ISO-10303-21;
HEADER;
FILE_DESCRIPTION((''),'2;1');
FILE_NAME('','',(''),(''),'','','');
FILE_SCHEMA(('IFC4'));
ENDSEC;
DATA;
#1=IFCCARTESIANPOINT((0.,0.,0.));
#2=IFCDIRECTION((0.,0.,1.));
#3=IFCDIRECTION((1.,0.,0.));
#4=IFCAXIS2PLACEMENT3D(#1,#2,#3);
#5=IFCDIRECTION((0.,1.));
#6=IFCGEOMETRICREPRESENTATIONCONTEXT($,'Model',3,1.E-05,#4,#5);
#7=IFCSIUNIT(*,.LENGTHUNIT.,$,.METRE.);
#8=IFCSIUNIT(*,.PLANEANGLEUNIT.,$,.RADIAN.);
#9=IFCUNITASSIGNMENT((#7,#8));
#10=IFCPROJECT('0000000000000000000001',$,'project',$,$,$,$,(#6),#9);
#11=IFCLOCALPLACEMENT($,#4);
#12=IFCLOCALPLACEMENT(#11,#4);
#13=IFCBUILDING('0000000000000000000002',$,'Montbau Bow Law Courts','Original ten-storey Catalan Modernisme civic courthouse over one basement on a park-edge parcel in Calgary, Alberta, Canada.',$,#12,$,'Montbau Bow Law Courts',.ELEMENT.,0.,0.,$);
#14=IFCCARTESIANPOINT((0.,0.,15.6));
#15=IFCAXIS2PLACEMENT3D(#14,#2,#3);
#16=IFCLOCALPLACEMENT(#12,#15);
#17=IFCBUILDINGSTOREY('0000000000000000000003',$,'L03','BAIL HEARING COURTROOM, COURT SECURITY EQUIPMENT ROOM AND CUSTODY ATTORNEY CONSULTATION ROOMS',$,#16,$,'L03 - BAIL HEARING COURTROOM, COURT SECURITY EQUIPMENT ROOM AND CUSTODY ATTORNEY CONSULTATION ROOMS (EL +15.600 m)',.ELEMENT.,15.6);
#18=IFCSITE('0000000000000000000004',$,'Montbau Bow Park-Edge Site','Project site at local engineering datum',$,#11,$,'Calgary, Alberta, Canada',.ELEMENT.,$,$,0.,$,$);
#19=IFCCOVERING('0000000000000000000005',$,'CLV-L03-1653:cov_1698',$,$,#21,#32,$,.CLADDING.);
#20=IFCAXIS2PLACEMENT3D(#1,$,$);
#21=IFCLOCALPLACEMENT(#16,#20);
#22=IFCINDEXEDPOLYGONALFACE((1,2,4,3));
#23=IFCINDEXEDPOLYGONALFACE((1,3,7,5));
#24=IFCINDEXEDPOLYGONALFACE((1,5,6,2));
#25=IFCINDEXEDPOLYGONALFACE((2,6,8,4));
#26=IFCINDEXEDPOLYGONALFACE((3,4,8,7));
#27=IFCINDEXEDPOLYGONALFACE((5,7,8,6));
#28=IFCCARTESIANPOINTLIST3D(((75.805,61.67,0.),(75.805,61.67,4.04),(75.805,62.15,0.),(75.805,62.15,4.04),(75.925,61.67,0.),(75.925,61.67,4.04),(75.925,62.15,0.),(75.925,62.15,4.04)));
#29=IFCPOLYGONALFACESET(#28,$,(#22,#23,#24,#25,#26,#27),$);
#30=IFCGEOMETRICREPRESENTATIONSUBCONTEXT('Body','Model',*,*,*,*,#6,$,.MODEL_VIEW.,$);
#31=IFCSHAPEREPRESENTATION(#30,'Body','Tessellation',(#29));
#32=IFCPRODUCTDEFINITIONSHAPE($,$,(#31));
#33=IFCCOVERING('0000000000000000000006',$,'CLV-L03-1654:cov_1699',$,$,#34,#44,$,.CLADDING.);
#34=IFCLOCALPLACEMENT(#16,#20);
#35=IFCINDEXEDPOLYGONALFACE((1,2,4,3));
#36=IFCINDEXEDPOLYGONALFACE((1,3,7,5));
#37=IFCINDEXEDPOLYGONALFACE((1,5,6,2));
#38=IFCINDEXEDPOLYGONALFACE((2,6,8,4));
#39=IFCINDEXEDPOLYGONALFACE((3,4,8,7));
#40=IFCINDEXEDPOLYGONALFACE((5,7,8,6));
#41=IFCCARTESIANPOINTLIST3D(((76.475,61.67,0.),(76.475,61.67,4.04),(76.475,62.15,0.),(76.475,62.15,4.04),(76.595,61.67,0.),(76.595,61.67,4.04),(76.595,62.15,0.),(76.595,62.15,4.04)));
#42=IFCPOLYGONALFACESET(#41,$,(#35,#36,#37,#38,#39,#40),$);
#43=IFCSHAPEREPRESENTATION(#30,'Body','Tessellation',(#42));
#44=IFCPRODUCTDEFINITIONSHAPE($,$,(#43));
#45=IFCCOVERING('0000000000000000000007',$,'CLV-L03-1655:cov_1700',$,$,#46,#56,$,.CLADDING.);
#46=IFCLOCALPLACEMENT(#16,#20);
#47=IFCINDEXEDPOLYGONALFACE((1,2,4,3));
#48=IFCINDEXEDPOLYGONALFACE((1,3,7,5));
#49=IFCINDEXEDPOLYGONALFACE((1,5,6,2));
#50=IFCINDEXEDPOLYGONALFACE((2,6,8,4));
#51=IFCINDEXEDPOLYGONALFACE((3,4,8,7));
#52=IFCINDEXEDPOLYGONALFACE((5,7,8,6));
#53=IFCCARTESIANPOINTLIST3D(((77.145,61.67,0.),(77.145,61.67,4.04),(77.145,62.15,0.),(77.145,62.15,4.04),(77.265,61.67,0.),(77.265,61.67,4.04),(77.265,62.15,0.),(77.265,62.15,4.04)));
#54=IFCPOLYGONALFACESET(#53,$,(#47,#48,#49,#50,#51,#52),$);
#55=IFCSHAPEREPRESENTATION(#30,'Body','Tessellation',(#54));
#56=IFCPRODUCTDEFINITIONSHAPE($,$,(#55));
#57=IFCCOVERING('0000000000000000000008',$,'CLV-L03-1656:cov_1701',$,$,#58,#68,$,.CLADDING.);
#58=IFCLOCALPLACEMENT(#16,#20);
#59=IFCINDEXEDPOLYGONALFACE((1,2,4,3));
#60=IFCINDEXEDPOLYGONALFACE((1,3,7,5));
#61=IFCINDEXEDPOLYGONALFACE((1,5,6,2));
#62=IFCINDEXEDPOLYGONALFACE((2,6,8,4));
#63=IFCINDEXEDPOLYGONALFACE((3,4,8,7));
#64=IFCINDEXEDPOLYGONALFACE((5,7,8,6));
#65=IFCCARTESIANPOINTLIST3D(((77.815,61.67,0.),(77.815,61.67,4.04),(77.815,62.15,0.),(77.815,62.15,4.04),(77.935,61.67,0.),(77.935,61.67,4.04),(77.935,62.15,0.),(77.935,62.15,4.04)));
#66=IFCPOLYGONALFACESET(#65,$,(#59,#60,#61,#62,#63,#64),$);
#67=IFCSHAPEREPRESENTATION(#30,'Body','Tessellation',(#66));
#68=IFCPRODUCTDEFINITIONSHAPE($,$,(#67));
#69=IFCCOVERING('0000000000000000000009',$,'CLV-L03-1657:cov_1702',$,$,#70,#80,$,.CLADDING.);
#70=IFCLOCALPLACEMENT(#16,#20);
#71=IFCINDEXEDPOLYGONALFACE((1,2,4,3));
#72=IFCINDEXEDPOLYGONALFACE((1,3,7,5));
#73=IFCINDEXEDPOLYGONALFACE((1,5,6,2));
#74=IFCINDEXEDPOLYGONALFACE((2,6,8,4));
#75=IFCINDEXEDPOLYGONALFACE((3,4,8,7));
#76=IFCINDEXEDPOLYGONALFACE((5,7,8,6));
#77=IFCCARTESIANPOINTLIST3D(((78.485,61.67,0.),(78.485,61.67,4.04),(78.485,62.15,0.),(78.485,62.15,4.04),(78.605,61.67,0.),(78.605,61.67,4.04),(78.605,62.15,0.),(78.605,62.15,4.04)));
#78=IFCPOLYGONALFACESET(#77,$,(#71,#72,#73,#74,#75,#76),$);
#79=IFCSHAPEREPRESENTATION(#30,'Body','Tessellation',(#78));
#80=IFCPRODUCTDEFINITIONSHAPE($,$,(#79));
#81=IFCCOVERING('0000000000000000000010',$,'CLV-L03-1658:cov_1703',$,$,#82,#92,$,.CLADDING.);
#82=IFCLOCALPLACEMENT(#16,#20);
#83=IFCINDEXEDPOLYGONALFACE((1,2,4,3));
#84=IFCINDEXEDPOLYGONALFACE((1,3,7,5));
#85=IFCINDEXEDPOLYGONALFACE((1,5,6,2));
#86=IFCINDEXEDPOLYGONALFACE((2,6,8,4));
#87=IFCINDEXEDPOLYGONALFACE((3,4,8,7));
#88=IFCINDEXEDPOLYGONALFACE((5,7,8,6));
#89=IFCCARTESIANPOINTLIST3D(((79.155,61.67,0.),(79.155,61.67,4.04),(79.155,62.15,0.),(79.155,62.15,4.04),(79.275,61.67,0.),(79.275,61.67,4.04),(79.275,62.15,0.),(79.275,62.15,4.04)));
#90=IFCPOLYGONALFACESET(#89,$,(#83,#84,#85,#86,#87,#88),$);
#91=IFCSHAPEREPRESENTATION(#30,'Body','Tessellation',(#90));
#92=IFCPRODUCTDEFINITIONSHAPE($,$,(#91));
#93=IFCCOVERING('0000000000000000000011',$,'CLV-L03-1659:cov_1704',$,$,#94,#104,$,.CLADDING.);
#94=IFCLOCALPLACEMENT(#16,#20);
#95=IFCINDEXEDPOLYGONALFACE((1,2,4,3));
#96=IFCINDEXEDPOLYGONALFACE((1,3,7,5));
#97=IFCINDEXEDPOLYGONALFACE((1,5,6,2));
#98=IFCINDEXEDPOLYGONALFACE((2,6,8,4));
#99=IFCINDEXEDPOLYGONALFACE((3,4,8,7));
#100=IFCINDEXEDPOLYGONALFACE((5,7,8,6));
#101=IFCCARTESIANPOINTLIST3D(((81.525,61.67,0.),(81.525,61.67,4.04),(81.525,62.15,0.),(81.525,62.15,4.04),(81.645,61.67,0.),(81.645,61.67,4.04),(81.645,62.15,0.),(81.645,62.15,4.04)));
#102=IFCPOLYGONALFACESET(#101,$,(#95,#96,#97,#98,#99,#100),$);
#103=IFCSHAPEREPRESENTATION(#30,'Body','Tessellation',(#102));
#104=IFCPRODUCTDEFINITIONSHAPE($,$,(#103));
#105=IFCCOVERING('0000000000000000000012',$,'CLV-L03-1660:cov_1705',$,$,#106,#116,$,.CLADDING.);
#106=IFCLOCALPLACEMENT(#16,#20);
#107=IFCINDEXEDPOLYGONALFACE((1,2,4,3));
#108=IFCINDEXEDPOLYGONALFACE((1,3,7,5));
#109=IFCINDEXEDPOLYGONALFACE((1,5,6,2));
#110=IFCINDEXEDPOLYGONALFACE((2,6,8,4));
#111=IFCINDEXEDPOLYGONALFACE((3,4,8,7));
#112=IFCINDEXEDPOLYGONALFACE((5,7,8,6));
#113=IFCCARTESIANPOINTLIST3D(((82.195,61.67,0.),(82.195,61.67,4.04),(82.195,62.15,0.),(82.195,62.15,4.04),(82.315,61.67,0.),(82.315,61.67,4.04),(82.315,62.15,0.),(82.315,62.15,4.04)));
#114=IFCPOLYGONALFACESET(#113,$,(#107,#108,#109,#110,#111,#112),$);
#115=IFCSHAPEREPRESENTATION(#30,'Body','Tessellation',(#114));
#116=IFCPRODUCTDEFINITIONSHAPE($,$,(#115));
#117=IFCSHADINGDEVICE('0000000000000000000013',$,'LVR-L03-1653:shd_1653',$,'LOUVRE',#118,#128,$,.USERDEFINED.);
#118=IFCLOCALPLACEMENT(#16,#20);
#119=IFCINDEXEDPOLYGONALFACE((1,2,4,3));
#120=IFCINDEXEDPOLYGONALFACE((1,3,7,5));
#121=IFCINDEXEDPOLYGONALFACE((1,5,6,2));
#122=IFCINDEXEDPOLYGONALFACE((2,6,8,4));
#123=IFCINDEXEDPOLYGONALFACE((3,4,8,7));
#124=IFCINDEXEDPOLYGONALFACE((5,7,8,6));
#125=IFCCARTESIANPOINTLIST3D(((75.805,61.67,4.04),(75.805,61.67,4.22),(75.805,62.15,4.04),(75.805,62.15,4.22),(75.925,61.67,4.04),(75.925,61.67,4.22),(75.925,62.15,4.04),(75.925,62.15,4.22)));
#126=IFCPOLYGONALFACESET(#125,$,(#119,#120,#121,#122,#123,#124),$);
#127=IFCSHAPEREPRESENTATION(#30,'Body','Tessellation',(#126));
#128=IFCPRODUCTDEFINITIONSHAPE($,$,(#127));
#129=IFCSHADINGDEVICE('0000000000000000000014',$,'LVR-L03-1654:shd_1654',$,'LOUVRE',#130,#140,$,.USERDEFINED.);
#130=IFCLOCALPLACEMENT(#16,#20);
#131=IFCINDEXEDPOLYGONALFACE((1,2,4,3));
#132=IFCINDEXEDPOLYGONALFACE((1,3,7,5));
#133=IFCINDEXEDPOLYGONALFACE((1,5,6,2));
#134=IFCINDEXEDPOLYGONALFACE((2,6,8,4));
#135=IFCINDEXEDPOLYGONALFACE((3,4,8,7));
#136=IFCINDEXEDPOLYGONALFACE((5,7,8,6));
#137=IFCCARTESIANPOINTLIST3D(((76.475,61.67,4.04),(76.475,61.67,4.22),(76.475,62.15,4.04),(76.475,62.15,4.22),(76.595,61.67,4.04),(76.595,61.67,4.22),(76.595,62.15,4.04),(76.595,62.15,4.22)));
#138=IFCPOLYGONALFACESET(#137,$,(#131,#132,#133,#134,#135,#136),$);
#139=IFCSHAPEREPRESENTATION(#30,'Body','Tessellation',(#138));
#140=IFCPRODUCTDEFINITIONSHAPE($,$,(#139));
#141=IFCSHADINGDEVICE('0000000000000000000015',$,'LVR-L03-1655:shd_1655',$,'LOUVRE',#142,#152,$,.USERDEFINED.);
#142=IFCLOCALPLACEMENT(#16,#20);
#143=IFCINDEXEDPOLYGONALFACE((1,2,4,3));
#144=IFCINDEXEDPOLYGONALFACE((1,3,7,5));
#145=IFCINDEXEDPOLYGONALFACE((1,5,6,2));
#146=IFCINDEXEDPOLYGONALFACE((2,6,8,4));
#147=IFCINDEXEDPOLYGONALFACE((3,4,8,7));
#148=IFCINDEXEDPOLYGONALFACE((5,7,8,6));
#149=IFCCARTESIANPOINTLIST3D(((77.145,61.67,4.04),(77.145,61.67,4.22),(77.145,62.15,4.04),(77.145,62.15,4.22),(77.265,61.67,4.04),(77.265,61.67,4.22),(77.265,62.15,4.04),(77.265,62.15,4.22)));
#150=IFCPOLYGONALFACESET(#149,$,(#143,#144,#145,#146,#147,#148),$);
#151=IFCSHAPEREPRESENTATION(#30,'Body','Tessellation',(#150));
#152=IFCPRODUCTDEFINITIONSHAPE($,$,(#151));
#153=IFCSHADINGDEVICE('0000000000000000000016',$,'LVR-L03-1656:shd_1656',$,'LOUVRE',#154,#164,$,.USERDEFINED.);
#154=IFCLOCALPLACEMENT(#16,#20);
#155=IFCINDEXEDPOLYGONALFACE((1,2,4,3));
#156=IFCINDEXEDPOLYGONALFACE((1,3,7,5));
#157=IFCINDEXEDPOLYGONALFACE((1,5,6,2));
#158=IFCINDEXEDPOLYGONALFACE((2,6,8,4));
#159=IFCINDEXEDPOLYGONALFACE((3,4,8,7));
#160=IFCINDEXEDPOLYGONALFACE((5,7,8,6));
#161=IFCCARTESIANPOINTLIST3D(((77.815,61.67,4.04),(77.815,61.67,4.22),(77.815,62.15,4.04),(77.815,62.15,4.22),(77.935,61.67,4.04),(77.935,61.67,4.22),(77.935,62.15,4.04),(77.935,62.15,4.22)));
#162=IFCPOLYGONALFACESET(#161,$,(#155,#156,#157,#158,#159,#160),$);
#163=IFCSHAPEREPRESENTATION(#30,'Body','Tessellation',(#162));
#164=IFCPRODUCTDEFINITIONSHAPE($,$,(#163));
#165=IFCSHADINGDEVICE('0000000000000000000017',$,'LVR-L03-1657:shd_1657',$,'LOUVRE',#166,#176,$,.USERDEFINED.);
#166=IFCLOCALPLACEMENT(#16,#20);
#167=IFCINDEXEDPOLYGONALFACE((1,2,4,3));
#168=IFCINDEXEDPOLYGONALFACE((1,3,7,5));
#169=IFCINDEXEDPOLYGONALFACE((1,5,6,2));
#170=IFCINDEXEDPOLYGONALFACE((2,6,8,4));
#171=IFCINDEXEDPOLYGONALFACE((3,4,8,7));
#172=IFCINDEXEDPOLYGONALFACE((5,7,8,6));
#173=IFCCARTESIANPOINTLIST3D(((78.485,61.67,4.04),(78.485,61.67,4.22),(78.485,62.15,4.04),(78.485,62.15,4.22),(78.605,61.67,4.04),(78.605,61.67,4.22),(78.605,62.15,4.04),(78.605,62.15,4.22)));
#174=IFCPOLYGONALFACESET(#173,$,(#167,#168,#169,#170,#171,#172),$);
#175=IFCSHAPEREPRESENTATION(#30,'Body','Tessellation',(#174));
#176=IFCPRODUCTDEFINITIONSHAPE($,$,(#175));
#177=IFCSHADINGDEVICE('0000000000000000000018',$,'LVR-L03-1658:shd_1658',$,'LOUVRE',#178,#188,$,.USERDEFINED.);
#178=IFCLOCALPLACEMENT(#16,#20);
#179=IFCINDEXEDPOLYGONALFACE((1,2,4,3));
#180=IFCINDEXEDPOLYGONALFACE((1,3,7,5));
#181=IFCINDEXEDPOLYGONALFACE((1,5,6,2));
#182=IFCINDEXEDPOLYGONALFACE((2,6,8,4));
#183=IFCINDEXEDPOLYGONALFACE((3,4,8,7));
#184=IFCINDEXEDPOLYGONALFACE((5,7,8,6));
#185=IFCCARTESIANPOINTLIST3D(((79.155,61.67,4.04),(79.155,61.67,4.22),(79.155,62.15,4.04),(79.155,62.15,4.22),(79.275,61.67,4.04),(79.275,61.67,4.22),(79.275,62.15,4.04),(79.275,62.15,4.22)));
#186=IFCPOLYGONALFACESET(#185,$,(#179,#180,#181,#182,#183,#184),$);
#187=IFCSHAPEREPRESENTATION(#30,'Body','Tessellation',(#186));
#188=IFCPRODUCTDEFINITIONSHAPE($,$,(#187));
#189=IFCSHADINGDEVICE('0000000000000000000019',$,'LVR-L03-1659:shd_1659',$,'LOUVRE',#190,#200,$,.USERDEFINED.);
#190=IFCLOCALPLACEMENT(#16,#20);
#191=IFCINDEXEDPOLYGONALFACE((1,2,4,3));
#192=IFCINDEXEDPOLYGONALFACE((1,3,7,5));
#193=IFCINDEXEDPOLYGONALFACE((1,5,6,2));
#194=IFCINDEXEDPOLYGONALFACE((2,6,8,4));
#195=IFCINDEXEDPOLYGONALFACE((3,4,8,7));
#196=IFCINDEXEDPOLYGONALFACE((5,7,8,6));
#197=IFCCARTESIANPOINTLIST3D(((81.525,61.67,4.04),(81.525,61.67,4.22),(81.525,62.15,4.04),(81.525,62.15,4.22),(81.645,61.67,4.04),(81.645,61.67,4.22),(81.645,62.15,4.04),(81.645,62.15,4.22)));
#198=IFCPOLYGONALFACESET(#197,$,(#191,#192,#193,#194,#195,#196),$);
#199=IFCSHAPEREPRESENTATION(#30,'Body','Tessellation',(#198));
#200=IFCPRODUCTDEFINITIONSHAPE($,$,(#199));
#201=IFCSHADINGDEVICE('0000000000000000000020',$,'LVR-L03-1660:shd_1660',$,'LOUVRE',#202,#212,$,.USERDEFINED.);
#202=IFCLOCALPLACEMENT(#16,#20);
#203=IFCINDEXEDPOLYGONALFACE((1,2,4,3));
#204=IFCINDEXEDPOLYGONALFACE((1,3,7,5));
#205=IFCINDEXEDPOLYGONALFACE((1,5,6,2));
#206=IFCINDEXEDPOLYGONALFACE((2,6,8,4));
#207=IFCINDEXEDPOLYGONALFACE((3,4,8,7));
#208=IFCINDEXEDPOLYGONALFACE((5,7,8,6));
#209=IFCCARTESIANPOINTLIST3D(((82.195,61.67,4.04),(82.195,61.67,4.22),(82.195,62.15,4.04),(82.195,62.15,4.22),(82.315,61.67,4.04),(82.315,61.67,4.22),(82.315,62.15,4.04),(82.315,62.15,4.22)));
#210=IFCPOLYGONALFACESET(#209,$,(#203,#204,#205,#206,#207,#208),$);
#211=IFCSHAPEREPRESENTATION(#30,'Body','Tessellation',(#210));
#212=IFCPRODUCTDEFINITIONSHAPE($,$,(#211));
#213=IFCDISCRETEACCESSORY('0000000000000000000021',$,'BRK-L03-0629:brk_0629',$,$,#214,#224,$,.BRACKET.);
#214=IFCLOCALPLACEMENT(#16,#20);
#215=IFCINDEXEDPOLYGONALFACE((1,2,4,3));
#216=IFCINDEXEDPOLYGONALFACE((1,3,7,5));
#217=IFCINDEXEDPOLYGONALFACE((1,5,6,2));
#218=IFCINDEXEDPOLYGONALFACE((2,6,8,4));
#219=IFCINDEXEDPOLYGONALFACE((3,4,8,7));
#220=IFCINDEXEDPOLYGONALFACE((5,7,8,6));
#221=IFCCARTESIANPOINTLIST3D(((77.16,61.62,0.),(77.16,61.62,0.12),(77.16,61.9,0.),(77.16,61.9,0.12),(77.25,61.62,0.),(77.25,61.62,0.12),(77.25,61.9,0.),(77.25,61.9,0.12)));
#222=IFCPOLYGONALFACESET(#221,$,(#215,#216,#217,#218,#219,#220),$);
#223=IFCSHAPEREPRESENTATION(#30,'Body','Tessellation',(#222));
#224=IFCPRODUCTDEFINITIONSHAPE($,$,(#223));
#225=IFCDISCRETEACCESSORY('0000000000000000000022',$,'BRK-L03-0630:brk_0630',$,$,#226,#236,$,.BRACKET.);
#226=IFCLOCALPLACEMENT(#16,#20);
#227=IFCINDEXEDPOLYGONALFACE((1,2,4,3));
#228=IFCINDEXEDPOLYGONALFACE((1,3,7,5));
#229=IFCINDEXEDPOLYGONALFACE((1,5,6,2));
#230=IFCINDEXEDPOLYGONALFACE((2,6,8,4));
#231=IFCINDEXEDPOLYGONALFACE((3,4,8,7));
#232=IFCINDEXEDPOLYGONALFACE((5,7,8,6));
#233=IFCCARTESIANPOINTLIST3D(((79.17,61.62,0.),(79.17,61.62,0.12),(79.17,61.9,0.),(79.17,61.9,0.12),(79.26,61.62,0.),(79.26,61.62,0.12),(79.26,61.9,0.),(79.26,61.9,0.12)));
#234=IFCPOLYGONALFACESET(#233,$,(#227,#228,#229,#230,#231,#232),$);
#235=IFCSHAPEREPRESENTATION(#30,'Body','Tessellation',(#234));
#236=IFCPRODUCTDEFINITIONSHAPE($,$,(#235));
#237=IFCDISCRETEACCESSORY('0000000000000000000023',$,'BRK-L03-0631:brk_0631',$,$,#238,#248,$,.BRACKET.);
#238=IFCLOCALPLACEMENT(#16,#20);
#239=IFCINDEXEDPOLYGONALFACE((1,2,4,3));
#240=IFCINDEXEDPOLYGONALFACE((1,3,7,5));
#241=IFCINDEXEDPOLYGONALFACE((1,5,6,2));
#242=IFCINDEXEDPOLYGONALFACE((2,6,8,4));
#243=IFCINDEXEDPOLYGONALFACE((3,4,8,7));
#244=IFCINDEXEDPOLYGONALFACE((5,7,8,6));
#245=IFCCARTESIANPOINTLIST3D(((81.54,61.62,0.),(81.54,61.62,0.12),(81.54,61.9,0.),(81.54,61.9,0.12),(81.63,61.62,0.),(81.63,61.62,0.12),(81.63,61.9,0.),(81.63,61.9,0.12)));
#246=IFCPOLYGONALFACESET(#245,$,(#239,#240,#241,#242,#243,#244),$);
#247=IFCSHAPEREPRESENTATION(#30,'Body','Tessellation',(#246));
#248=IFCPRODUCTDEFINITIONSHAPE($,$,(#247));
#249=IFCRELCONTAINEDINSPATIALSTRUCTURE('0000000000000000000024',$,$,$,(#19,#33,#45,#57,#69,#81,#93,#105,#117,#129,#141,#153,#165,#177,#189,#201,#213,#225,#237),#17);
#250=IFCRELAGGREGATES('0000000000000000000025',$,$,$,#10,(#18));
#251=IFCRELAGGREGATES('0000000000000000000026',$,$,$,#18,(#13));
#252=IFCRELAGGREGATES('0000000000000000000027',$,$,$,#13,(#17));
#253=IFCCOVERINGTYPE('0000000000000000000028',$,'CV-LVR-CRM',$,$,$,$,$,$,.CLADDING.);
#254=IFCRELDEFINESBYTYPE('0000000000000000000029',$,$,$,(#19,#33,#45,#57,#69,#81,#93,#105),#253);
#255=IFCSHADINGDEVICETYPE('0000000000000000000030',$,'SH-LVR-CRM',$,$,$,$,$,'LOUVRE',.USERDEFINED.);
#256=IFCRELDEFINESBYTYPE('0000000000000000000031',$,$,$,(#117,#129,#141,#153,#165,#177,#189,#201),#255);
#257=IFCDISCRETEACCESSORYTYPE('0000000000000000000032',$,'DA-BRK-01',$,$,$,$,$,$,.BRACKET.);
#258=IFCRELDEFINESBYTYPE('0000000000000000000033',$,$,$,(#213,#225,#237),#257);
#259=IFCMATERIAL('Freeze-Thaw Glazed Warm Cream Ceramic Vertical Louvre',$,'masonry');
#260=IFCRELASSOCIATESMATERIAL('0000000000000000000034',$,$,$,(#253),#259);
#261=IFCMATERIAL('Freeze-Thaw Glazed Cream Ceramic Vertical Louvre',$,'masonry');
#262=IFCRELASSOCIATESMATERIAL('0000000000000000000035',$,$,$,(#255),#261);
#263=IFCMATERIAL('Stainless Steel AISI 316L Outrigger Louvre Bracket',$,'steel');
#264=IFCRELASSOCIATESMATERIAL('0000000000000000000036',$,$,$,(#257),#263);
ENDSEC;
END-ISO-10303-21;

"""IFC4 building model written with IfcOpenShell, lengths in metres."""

from ifc_helpers import new_model, si_unit, direction, frame, frame_2d, origin_with_axes, origin_2d_with_axis, place, context, subcontext, project, spatial, rectangle, extrude, material, type_object, element, save


model = new_model("IFC4")

# Units and contexts
model_context = context("Model", 3, precision=1e-05, world=origin_with_axes(), true_north=direction((0.0, 1.0)))
body_context = subcontext(model_context, "Body", "Model", "MODEL_VIEW")
ifc_project = project(units=[si_unit("LENGTHUNIT", "METRE"), si_unit("PLANEANGLEUNIT", "RADIAN")], contexts=[model_context])

# Site, building, storey
site_placement = place(None, origin_with_axes())
site = spatial("IfcSite", under=ifc_project, at=site_placement, Name="Montbau Bow Park-Edge Site", Description="Project site at local engineering datum", LongName="Calgary, Alberta, Canada", CompositionType="ELEMENT", RefElevation=0.0)
building_placement = place(site_placement, origin_with_axes())
building = spatial("IfcBuilding", under=site, at=building_placement, Name="Montbau Bow Law Courts", Description="Original ten-storey Catalan Modernisme civic courthouse over one basement on a park-edge parcel in Calgary, Alberta, Canada.", LongName="Montbau Bow Law Courts", CompositionType="ELEMENT", ElevationOfRefHeight=0.0, ElevationOfTerrain=0.0)
storey_placement = place(building_placement, frame((0.0, 0.0, 15.6), z_axis=(0.0, 0.0, 1.0), x_axis=(1.0, 0.0, 0.0)))
storey = spatial("IfcBuildingStorey", under=building, at=storey_placement, Name="L03", Description="BAIL HEARING COURTROOM, COURT SECURITY EQUIPMENT ROOM AND CUSTODY ATTORNEY CONSULTATION ROOMS", LongName="L03 - BAIL HEARING COURTROOM, COURT SECURITY EQUIPMENT ROOM AND CUSTODY ATTORNEY CONSULTATION ROOMS (EL +15.600 m)", CompositionType="ELEMENT", Elevation=15.6)

# Coverings
ifc_material_1 = material(Name="Freeze-Thaw Glazed Warm Cream Ceramic Vertical Louvre", Category="masonry")
covering_type = type_object("IfcCoveringType", Name="CV-LVR-CRM", PredefinedType="CLADDING", material=ifc_material_1)
for number, where, z_axis, x_axis, name in (
    (1, (75.865, 61.67, 15.6), (1.0, 0.0, 0.0), (0.0, 1.0, 0.0), "CLV-L03-1653:cov_1698"),
    (2, (76.535, 61.67, 15.6), (1.0, 0.0, 0.0), (0.0, 1.0, 0.0), "CLV-L03-1654:cov_1699"),
    (3, (77.205, 61.67, 15.6), (1.0, 0.0, 0.0), (0.0, 1.0, 0.0), "CLV-L03-1655:cov_1700"),
    (4, (77.875, 61.67, 15.6), (1.0, 0.0, 0.0), (0.0, 1.0, 0.0), "CLV-L03-1656:cov_1701"),
    (5, (78.545, 61.67, 15.6), (1.0, 0.0, 0.0), (0.0, 1.0, 0.0), "CLV-L03-1657:cov_1702"),
    (6, (79.215, 61.67, 15.6), (1.0, 0.0, 0.0), (0.0, 1.0, 0.0), "CLV-L03-1658:cov_1703"),
    (7, (81.585, 61.67, 15.6), (1.0, 0.0, 0.0), (0.0, 1.0, 0.0), "CLV-L03-1659:cov_1704"),
    (8, (82.255, 61.67, 15.6), (1.0, 0.0, 0.0), (0.0, 1.0, 0.0), "CLV-L03-1660:cov_1705"),
):
    element("IfcCovering", number, at=place(None, frame(where, z_axis=z_axis, x_axis=x_axis)), inside=storey, type_object=covering_type, Name=name, PredefinedType="CLADDING", context=body_context, shape_type="SweptSolid", body=[
        extrude(rectangle(XDim=0.48, YDim=4.04, at=frame_2d((0.24, 2.02), x_axis=(1.0, 0.0))), frame((0.0, 0.0, -0.06), z_axis=(0.0, 0.0, 1.0), x_axis=(1.0, 0.0, 0.0)), (0.0, 0.0, 1.0), 0.12),
    ])

# Shading devices
ifc_material_2 = material(Name="Freeze-Thaw Glazed Cream Ceramic Vertical Louvre", Category="masonry")
shading_device_type = type_object("IfcShadingDeviceType", Name="SH-LVR-CRM", ElementType="LOUVRE", PredefinedType="USERDEFINED", material=ifc_material_2)
for number, where, z_axis, x_axis, name in (
    (9, (75.865, 61.91, 19.64), (0.0, 0.0, 1.0), (0.0, 1.0, 0.0), "LVR-L03-1653:shd_1653"),
    (10, (76.535, 61.91, 19.64), (0.0, 0.0, 1.0), (0.0, 1.0, 0.0), "LVR-L03-1654:shd_1654"),
    (11, (77.205, 61.91, 19.64), (0.0, 0.0, 1.0), (0.0, 1.0, 0.0), "LVR-L03-1655:shd_1655"),
    (12, (77.875, 61.91, 19.64), (0.0, 0.0, 1.0), (0.0, 1.0, 0.0), "LVR-L03-1656:shd_1656"),
    (13, (78.545, 61.91, 19.64), (0.0, 0.0, 1.0), (0.0, 1.0, 0.0), "LVR-L03-1657:shd_1657"),
    (14, (79.215, 61.91, 19.64), (0.0, 0.0, 1.0), (0.0, 1.0, 0.0), "LVR-L03-1658:shd_1658"),
    (15, (81.585, 61.91, 19.64), (0.0, 0.0, 1.0), (0.0, 1.0, 0.0), "LVR-L03-1659:shd_1659"),
    (16, (82.255, 61.91, 19.64), (0.0, 0.0, 1.0), (0.0, 1.0, 0.0), "LVR-L03-1660:shd_1660"),
):
    element("IfcShadingDevice", number, at=place(None, frame(where, z_axis=z_axis, x_axis=x_axis)), inside=storey, type_object=shading_device_type, Name=name, ObjectType="LOUVRE", PredefinedType="USERDEFINED", context=body_context, shape_type="SweptSolid", body=[
        extrude(rectangle(XDim=0.48, YDim=0.12, at=origin_2d_with_axis()), origin_with_axes(), (0.0, 0.0, 1.0), 0.18),
    ])

# Discrete accessories
ifc_material_3 = material(Name="Stainless Steel AISI 316L Outrigger Louvre Bracket", Category="steel")
discrete_accessory_type = type_object("IfcDiscreteAccessoryType", Name="DA-BRK-01", PredefinedType="BRACKET", material=ifc_material_3)
for number, where, z_axis, x_axis, name in (
    (17, (77.205, 61.76, 15.6), (0.0, 0.0, 1.0), (0.0, 1.0, 0.0), "BRK-L03-0629:brk_0629"),
    (18, (79.215, 61.76, 15.6), (0.0, 0.0, 1.0), (0.0, 1.0, 0.0), "BRK-L03-0630:brk_0630"),
    (19, (81.585, 61.76, 15.6), (0.0, 0.0, 1.0), (0.0, 1.0, 0.0), "BRK-L03-0631:brk_0631"),
):
    element("IfcDiscreteAccessory", number, at=place(None, frame(where, z_axis=z_axis, x_axis=x_axis)), inside=storey, type_object=discrete_accessory_type, Name=name, PredefinedType="BRACKET", context=body_context, shape_type="SweptSolid", body=[
        extrude(rectangle(XDim=0.28, YDim=0.09, at=origin_2d_with_axis()), origin_with_axes(), (0.0, 0.0, 1.0), 0.12),
    ])

save(model, "model.ifc")
